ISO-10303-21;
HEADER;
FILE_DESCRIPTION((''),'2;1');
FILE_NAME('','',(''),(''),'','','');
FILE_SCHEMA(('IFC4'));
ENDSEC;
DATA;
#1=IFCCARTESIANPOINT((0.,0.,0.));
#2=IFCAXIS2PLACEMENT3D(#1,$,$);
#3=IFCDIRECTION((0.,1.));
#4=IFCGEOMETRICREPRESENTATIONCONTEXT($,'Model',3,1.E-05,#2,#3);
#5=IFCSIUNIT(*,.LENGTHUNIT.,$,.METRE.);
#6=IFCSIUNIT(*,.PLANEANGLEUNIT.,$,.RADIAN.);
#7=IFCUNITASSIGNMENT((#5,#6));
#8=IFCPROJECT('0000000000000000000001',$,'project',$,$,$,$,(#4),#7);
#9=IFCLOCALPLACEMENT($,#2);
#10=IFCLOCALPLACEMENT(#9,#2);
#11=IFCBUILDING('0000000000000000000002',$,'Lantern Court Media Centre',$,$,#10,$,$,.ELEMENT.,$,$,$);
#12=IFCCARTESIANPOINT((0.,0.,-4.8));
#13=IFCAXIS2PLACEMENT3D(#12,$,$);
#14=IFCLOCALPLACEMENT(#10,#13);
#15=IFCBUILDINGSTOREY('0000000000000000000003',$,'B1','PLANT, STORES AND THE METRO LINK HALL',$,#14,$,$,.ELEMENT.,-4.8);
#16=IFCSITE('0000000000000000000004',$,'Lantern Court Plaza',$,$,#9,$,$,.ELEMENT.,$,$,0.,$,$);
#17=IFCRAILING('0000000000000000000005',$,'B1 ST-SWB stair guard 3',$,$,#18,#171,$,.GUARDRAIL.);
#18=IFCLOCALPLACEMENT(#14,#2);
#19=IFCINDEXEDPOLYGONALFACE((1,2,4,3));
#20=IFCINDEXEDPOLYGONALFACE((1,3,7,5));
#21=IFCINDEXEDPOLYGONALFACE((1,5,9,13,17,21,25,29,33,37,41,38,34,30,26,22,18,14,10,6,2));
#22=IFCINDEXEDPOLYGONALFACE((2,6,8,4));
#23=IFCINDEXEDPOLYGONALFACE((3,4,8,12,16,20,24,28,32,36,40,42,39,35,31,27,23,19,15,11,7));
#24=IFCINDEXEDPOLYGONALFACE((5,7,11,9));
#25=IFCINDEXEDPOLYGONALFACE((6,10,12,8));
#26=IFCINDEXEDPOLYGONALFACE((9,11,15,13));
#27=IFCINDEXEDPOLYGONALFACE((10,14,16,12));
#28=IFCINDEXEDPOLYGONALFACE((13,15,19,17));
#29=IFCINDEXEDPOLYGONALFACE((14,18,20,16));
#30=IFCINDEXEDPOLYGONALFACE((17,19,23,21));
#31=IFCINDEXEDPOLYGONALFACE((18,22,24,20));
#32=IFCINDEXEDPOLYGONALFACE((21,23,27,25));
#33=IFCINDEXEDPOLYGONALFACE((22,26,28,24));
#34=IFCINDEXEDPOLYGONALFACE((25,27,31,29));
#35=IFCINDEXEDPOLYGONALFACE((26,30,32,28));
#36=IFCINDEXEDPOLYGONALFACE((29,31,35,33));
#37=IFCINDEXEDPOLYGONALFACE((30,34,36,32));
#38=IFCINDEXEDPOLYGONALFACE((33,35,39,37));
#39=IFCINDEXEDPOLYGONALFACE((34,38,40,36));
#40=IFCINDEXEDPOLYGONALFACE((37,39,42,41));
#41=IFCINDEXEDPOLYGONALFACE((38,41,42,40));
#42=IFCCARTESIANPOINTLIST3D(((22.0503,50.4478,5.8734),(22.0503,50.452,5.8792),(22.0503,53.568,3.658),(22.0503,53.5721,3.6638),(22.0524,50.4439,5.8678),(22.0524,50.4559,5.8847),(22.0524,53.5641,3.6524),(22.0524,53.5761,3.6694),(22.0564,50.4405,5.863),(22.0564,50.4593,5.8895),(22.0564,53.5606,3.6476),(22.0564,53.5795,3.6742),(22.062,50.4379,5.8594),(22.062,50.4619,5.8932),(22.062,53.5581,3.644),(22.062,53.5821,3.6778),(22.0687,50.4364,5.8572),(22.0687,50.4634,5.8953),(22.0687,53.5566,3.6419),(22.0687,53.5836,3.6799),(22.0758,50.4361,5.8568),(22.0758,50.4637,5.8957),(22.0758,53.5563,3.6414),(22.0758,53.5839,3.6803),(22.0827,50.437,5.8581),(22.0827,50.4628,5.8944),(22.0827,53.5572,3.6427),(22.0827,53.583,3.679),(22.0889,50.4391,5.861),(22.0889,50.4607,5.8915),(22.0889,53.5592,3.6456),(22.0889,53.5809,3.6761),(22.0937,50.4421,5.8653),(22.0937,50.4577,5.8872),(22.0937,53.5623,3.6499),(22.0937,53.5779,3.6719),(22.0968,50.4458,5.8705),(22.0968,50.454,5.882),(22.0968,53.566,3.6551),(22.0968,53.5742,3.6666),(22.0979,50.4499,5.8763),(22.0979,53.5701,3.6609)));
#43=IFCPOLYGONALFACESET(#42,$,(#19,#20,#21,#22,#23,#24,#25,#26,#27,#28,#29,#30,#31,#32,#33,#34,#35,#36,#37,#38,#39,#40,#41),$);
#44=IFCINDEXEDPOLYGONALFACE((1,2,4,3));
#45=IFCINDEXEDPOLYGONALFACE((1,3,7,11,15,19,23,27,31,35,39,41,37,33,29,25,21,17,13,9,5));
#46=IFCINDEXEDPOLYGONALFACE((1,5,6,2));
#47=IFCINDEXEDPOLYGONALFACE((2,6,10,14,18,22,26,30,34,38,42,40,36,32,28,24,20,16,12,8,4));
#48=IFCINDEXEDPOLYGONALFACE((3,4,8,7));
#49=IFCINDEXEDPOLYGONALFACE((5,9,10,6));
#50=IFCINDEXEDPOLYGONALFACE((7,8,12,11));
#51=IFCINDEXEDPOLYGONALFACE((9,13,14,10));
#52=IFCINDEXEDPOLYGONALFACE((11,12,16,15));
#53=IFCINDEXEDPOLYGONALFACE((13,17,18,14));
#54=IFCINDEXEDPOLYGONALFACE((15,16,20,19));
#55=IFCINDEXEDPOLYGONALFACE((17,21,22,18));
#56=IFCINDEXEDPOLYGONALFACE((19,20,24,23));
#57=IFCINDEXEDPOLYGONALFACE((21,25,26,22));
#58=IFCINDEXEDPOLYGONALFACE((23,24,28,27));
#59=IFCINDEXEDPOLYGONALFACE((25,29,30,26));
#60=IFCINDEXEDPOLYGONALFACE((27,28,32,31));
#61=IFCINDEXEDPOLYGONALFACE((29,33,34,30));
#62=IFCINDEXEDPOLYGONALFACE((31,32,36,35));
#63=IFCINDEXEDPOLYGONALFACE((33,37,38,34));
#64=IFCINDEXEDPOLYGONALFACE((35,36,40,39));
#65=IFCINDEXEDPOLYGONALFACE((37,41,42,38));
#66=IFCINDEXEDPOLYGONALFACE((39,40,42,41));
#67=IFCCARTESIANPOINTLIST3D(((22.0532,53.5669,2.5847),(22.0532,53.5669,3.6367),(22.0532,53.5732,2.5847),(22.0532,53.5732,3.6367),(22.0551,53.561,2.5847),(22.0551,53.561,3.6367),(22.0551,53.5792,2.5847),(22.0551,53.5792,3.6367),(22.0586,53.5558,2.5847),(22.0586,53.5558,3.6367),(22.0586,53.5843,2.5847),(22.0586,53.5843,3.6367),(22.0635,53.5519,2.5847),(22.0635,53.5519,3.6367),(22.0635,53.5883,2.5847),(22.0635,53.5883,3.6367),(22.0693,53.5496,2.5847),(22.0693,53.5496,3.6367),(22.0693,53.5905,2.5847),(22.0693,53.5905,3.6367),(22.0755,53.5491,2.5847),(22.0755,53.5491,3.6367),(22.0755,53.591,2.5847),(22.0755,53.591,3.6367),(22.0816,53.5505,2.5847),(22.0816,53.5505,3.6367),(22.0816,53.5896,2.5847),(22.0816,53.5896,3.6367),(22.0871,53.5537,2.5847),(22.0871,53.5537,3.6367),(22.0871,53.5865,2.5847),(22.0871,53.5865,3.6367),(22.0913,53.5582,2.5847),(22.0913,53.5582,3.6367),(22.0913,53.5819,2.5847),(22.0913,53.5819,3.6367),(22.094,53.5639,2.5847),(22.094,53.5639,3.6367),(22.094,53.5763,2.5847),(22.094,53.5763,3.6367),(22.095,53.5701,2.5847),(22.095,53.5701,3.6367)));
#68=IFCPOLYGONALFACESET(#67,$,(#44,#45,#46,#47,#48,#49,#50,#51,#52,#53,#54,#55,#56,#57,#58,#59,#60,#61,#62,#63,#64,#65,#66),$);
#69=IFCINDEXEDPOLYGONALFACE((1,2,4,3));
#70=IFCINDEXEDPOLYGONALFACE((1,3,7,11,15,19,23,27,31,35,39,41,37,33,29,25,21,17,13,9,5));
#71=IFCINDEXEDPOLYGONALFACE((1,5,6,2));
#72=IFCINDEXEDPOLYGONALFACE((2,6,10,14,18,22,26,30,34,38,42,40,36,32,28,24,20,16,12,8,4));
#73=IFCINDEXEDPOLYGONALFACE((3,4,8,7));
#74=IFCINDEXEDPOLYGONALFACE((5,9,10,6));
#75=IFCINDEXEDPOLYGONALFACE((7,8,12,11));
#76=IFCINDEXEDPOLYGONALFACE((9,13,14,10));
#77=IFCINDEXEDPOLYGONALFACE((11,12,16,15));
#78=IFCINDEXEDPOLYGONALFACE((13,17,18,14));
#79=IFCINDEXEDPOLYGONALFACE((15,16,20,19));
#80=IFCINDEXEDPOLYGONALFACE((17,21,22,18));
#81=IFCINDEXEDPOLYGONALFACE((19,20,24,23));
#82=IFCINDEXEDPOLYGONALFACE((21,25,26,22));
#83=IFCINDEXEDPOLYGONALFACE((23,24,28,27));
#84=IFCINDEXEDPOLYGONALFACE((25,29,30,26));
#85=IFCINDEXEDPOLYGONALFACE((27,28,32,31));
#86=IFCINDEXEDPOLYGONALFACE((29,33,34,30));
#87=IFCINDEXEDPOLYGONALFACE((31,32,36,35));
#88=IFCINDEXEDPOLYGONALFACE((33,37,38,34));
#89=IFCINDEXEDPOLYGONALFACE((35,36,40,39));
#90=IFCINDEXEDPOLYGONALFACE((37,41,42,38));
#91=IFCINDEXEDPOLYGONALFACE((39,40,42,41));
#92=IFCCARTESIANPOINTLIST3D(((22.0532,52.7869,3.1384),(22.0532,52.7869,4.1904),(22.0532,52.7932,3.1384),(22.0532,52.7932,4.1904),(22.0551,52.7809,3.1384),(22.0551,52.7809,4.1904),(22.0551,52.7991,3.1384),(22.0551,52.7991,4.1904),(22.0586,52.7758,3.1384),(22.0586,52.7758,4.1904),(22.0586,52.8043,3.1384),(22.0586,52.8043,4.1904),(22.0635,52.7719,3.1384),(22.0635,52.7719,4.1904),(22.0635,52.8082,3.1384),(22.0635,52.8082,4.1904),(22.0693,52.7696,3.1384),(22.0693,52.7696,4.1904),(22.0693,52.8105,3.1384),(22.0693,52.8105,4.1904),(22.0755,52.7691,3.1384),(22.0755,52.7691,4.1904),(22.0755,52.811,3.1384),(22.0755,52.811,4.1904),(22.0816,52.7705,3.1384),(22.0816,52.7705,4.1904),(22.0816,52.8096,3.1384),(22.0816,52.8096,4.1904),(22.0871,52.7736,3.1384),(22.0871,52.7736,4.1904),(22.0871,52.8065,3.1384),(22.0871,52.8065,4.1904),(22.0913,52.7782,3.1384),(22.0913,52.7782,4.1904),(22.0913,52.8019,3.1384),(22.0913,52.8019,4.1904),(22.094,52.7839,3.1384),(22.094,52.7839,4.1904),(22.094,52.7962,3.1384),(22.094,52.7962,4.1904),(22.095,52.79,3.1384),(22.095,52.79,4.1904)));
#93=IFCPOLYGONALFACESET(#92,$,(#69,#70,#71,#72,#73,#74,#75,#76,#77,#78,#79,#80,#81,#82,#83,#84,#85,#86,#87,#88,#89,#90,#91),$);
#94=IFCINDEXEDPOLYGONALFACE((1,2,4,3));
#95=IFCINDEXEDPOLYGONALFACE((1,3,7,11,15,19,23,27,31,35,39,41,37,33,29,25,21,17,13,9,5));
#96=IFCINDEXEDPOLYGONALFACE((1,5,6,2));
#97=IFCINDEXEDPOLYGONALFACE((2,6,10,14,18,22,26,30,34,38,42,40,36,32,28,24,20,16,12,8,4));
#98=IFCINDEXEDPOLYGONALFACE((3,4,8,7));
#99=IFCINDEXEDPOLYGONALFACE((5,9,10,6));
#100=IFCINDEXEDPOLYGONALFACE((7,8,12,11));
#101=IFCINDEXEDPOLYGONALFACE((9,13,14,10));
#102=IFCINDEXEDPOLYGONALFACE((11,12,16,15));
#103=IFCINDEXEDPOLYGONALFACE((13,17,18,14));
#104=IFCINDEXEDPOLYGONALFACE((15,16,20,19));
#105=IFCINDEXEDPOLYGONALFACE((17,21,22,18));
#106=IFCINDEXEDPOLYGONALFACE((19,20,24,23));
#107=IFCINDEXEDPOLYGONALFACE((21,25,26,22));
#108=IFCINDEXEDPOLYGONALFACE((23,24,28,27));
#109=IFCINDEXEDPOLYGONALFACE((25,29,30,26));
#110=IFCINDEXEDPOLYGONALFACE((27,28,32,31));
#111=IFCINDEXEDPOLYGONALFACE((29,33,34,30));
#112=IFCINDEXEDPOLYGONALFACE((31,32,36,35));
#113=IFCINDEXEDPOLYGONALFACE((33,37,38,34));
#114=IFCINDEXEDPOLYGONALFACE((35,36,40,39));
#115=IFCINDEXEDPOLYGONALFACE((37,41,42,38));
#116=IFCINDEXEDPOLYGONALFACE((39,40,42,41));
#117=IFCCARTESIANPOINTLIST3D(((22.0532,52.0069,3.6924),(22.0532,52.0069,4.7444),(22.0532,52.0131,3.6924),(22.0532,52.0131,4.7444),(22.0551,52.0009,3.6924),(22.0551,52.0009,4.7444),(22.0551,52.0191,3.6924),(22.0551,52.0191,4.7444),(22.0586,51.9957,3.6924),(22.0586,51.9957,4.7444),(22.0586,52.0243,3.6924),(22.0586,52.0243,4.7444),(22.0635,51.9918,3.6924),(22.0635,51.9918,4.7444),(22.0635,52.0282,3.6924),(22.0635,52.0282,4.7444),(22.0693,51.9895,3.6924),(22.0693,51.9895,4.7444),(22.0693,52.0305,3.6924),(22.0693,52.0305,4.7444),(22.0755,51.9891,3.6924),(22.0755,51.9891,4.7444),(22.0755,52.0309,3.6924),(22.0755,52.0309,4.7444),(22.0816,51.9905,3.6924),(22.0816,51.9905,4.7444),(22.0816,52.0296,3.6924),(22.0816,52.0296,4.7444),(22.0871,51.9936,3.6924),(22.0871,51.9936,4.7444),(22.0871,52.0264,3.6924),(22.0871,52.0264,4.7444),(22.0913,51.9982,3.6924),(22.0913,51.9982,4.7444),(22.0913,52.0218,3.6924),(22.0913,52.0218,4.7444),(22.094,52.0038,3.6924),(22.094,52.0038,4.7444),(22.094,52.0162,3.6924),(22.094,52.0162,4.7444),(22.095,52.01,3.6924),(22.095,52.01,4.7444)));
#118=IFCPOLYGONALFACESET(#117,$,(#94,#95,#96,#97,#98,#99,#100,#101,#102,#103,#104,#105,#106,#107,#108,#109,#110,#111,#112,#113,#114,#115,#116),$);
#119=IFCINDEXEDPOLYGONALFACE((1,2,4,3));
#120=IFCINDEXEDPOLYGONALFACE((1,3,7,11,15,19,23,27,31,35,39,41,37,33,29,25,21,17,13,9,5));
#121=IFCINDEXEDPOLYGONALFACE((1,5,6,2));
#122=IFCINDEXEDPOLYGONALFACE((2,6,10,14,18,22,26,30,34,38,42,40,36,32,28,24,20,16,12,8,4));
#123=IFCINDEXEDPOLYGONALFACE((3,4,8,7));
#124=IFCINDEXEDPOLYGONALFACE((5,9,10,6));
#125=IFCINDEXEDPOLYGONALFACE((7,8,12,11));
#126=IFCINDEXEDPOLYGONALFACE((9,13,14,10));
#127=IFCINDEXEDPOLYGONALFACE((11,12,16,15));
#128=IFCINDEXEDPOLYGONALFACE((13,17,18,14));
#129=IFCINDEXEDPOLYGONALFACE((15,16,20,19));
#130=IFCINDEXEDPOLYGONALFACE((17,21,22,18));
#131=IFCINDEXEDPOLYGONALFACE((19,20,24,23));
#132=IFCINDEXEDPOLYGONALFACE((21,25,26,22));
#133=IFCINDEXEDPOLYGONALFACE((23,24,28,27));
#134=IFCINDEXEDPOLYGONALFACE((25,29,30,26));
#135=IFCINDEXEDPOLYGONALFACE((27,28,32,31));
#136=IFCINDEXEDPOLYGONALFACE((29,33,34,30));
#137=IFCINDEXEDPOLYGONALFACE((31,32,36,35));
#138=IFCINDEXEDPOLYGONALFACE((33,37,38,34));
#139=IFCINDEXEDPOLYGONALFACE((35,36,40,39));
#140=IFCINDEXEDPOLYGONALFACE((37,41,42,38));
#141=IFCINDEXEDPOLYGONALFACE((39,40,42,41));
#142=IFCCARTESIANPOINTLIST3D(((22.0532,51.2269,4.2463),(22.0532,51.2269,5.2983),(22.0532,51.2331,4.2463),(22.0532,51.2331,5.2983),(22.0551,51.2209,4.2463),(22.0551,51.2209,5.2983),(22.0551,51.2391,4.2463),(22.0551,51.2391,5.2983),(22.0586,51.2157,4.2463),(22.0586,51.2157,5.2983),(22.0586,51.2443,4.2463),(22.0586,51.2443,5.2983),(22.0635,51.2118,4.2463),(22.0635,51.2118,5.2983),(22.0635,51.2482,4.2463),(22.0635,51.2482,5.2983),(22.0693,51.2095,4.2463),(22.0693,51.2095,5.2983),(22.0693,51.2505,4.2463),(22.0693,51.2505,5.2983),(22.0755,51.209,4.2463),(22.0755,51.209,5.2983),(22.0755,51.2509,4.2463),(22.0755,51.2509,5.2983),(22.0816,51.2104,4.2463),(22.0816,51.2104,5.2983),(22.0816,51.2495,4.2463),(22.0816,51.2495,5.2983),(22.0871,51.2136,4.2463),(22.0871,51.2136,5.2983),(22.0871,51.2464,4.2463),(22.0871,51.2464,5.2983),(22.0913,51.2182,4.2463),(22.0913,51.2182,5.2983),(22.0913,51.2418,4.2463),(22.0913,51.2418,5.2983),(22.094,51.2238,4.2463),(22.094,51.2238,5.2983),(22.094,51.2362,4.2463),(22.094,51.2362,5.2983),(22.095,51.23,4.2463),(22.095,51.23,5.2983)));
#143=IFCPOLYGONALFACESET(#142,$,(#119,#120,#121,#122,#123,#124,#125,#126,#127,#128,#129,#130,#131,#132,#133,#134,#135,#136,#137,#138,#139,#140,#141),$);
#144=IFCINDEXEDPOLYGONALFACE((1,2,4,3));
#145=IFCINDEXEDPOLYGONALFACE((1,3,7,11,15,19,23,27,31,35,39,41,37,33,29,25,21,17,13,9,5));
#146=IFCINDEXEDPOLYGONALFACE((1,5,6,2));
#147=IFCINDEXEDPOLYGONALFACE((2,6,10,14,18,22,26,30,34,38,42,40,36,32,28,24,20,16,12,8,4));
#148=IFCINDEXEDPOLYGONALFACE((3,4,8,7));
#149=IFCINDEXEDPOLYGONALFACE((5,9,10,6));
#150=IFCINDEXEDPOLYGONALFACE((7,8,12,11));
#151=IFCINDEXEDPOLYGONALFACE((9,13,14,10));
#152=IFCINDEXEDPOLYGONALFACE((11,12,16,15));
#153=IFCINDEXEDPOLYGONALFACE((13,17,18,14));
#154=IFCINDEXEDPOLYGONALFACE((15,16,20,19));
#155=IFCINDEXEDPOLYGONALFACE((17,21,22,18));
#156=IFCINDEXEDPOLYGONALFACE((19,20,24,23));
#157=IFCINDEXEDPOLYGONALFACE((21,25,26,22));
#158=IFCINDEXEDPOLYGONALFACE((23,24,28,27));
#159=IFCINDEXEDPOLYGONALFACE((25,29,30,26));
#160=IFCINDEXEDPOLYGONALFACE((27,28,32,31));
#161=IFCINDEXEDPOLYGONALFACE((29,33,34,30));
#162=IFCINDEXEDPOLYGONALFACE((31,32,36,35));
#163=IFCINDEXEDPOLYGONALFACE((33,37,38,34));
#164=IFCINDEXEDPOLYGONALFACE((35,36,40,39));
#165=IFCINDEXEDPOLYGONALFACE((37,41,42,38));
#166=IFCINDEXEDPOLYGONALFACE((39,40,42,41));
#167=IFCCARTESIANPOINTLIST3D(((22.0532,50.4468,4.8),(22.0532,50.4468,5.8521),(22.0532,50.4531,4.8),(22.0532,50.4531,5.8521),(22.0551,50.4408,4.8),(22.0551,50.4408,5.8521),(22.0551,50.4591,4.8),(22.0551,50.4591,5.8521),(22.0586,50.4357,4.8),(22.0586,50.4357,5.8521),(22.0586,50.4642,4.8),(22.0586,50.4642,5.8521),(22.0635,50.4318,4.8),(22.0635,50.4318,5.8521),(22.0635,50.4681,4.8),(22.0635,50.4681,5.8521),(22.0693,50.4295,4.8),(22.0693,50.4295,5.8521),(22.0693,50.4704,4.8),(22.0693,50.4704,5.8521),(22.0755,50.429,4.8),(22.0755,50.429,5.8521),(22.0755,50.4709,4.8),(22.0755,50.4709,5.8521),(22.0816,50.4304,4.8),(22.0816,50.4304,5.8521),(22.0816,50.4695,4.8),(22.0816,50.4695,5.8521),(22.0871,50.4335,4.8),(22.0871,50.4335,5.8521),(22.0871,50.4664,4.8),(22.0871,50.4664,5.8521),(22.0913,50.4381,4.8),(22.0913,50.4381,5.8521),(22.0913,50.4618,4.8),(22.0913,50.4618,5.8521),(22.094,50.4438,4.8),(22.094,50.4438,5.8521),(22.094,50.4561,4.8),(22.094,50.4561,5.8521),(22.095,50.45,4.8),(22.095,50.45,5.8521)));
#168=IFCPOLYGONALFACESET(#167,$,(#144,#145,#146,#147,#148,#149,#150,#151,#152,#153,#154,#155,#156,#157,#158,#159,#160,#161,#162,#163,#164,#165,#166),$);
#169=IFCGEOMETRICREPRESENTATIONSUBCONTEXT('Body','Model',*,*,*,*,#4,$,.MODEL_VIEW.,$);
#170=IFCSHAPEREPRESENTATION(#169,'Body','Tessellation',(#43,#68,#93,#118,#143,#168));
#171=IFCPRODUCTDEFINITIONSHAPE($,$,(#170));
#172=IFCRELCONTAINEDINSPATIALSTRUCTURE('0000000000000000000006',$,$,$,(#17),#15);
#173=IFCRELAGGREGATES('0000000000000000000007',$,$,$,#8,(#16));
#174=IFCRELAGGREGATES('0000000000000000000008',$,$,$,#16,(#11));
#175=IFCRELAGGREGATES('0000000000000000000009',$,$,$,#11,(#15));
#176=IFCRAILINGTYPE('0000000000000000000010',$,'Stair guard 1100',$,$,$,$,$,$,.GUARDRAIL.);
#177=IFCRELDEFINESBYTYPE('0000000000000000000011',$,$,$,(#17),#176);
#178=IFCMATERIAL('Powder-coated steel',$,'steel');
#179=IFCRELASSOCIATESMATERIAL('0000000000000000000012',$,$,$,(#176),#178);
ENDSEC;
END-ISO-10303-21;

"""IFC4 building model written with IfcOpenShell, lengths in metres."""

from ifc_helpers import new_model, si_unit, direction, frame, origin, origin_2d, place, context, subcontext, project, spatial, circle, extrude, material, type_object, element, save


model = new_model("IFC4")

# Units and contexts
model_context = context("Model", 3, precision=1e-05, world=origin(), true_north=direction((0.0, 1.0)))
body_context = subcontext(model_context, "Body", "Model", "MODEL_VIEW")
ifc_project = project(units=[si_unit("LENGTHUNIT", "METRE"), si_unit("PLANEANGLEUNIT", "RADIAN")], contexts=[model_context])

# Site, building, storey
site_placement = place(None, origin())
site = spatial("IfcSite", under=ifc_project, at=site_placement, Name="Lantern Court Plaza", CompositionType="ELEMENT", RefElevation=0.0)
building_placement = place(site_placement, origin())
building = spatial("IfcBuilding", under=site, at=building_placement, Name="Lantern Court Media Centre", CompositionType="ELEMENT")
storey_placement = place(building_placement, frame((0.0, 0.0, -4.8)))
storey = spatial("IfcBuildingStorey", under=building, at=storey_placement, Name="B1", Description="PLANT, STORES AND THE METRO LINK HALL", CompositionType="ELEMENT", Elevation=-4.8)

# Railing
ifc_material_1 = material(Name="Powder-coated steel", Category="steel")
railing_type_1 = type_object("IfcRailingType", Name="Stair guard 1100", PredefinedType="GUARDRAIL", material=ifc_material_1)
railing_1_placement = place(storey_placement, frame((22.074, 53.5701, 2.5847)))
element("IfcRailing", 1, at=railing_1_placement, inside=storey, type_object=railing_type_1, Name="B1 ST-SWB stair guard 3", PredefinedType="GUARDRAIL", context=body_context, shape_type="SweptSolid", body=[
    extrude(circle(Radius=0.0239, at=origin_2d()), frame((0.0, 0.0, 1.0762), z_axis=(0.0, -0.815377, 0.57893), x_axis=(1.0, 0.0, 0.0)), (0.0, 0.0, 1.0), 3.8267),
    extrude(circle(Radius=0.021, at=origin_2d()), origin(), (0.0, 0.0, 1.0), 1.052),
    extrude(circle(Radius=0.021, at=origin_2d()), frame((0.0, -0.78, 0.5537)), (0.0, 0.0, 1.0), 1.052),
    extrude(circle(Radius=0.021, at=origin_2d()), frame((0.0, -1.5601, 1.1077)), (0.0, 0.0, 1.0), 1.052),
    extrude(circle(Radius=0.021, at=origin_2d()), frame((0.0, -2.3401, 1.6616)), (0.0, 0.0, 1.0), 1.052),
    extrude(circle(Radius=0.021, at=origin_2d()), frame((0.0, -3.1201, 2.2153)), (0.0, 0.0, 1.0), 1.052),
])

save(model, "model.ifc")
